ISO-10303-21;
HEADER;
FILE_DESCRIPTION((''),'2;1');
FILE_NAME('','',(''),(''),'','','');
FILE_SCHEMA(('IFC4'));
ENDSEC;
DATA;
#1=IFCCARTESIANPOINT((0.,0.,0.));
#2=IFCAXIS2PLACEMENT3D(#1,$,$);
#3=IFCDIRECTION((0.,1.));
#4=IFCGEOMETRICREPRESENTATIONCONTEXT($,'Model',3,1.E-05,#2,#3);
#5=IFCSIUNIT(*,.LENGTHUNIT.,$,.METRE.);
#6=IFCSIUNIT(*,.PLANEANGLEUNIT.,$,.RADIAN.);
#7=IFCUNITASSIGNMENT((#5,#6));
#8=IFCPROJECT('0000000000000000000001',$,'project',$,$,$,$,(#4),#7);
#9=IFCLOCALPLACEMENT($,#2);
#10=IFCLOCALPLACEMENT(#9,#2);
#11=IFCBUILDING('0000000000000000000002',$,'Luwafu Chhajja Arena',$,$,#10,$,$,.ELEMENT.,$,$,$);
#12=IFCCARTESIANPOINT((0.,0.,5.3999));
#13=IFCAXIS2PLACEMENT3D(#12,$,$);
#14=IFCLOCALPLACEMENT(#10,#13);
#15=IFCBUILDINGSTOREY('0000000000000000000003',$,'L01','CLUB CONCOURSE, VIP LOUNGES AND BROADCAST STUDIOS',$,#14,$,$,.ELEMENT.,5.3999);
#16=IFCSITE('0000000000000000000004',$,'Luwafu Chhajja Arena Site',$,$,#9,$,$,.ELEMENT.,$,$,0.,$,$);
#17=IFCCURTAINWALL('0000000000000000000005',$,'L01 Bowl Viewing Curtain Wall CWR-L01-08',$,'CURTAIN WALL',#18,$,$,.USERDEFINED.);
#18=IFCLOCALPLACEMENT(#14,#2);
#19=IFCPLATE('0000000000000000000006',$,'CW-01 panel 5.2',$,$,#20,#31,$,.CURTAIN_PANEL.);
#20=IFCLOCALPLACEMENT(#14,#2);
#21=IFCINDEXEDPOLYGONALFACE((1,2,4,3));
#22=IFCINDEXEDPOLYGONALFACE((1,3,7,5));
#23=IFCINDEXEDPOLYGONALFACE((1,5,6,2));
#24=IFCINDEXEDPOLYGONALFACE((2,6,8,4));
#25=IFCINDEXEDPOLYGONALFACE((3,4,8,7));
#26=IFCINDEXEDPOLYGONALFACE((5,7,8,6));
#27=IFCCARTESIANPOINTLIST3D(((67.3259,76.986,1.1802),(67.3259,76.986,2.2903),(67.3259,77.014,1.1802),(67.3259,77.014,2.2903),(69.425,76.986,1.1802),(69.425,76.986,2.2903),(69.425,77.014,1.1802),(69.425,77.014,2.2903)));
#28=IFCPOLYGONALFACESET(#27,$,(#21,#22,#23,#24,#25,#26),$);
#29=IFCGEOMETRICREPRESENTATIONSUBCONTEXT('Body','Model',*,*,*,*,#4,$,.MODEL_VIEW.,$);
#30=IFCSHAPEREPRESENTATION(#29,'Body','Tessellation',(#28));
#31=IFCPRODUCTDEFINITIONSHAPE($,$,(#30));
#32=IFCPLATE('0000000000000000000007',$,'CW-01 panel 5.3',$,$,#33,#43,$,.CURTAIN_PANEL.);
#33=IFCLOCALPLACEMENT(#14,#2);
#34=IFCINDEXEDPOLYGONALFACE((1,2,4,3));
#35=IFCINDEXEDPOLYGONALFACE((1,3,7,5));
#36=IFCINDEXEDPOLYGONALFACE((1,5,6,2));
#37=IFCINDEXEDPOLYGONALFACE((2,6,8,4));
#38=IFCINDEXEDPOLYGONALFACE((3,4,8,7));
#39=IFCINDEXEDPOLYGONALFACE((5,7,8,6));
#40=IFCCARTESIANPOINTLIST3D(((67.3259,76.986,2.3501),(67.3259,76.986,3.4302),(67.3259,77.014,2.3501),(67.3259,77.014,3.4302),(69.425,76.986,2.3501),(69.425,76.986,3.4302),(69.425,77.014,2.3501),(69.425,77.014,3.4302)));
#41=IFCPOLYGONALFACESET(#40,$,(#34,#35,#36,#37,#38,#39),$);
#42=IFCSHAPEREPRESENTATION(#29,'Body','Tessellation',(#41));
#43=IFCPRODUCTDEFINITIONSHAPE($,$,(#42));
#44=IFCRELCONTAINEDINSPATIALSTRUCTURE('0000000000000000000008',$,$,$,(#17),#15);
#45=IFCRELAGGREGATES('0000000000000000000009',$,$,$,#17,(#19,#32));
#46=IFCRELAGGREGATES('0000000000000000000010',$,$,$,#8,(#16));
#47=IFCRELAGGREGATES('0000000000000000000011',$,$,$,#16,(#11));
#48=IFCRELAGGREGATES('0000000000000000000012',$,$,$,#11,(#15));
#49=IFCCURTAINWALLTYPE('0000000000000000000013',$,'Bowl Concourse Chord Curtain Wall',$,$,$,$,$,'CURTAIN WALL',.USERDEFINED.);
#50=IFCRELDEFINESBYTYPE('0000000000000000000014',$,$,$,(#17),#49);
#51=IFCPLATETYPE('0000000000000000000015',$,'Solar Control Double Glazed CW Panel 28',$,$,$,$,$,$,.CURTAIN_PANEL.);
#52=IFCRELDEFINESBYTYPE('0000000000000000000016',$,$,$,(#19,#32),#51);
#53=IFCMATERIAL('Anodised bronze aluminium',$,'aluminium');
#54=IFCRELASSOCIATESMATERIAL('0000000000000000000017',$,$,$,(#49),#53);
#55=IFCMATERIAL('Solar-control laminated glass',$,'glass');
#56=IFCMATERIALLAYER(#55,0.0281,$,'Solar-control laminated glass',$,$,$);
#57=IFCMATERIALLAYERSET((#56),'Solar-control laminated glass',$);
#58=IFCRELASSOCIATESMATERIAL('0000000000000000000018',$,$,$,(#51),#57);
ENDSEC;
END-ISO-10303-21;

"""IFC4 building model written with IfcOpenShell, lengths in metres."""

from ifc_helpers import new_model, si_unit, direction, frame, origin, origin_2d, place, context, subcontext, project, spatial, rectangle, extrude, material, layer, layer_set, type_object, element, aggregate, save


model = new_model("IFC4")

# Units and contexts
model_context = context("Model", 3, precision=1e-05, world=origin(), true_north=direction((0.0, 1.0)))
body_context = subcontext(model_context, "Body", "Model", "MODEL_VIEW")
ifc_project = project(units=[si_unit("LENGTHUNIT", "METRE"), si_unit("PLANEANGLEUNIT", "RADIAN")], contexts=[model_context])

# Site, building, storey
site_placement = place(None, origin())
site = spatial("IfcSite", under=ifc_project, at=site_placement, Name="Luwafu Chhajja Arena Site", CompositionType="ELEMENT", RefElevation=0.0)
building_placement = place(site_placement, origin())
building = spatial("IfcBuilding", under=site, at=building_placement, Name="Luwafu Chhajja Arena", CompositionType="ELEMENT")
storey_placement = place(building_placement, frame((0.0, 0.0, 5.3999)))
storey = spatial("IfcBuildingStorey", under=building, at=storey_placement, Name="L01", Description="CLUB CONCOURSE, VIP LOUNGES AND BROADCAST STUDIOS", CompositionType="ELEMENT", Elevation=5.3999)

# Curtain wall
ifc_material_1 = material(Name="Anodised bronze aluminium", Category="aluminium")
curtain_wall_type = type_object("IfcCurtainWallType", Name="Bowl Concourse Chord Curtain Wall", ElementType="CURTAIN WALL", PredefinedType="USERDEFINED", material=ifc_material_1)
curtain_wall_1_placement = place(storey_placement, origin())
curtain_wall_1 = element("IfcCurtainWall", 1, at=curtain_wall_1_placement, inside=storey, type_object=curtain_wall_type, Name="L01 Bowl Viewing Curtain Wall CWR-L01-08", ObjectType="CURTAIN WALL", PredefinedType="USERDEFINED")

# Plates
ifc_material_2 = material(Name="Solar-control laminated glass", Category="glass")
ifc_layer = layer(ifc_material_2, 0.0281, Name="Solar-control laminated glass")
ifc_layer_set = layer_set([ifc_layer], Name="Solar-control laminated glass")
plate_type = type_object("IfcPlateType", Name="Solar Control Double Glazed CW Panel 28", PredefinedType="CURTAIN_PANEL", material=ifc_layer_set)
plate_1_placement = place(storey_placement, frame((68.3755, 77.0, 1.1802), z_axis=(0.0, 0.0, 1.0), x_axis=(1.0, 0.0, 0.0)))
plate_1 = element("IfcPlate", 2, at=plate_1_placement, type_object=plate_type, Name="CW-01 panel 5.2", PredefinedType="CURTAIN_PANEL", context=body_context, shape_type="SweptSolid", body=[
    extrude(rectangle(XDim=2.0991, YDim=0.0281, at=origin_2d()), origin(), (0.0, 0.0, 1.0), 1.1101),
])
plate_2_placement = place(storey_placement, frame((68.3755, 77.0, 2.3501), z_axis=(0.0, 0.0, 1.0), x_axis=(1.0, 0.0, 0.0)))
plate_2 = element("IfcPlate", 3, at=plate_2_placement, type_object=plate_type, Name="CW-01 panel 5.3", PredefinedType="CURTAIN_PANEL", context=body_context, shape_type="SweptSolid", body=[
    extrude(rectangle(XDim=2.0991, YDim=0.0281, at=origin_2d()), origin(), (0.0, 0.0, 1.0), 1.0801),
])
aggregate(curtain_wall_1, [plate_1, plate_2])

save(model, "model.ifc")
